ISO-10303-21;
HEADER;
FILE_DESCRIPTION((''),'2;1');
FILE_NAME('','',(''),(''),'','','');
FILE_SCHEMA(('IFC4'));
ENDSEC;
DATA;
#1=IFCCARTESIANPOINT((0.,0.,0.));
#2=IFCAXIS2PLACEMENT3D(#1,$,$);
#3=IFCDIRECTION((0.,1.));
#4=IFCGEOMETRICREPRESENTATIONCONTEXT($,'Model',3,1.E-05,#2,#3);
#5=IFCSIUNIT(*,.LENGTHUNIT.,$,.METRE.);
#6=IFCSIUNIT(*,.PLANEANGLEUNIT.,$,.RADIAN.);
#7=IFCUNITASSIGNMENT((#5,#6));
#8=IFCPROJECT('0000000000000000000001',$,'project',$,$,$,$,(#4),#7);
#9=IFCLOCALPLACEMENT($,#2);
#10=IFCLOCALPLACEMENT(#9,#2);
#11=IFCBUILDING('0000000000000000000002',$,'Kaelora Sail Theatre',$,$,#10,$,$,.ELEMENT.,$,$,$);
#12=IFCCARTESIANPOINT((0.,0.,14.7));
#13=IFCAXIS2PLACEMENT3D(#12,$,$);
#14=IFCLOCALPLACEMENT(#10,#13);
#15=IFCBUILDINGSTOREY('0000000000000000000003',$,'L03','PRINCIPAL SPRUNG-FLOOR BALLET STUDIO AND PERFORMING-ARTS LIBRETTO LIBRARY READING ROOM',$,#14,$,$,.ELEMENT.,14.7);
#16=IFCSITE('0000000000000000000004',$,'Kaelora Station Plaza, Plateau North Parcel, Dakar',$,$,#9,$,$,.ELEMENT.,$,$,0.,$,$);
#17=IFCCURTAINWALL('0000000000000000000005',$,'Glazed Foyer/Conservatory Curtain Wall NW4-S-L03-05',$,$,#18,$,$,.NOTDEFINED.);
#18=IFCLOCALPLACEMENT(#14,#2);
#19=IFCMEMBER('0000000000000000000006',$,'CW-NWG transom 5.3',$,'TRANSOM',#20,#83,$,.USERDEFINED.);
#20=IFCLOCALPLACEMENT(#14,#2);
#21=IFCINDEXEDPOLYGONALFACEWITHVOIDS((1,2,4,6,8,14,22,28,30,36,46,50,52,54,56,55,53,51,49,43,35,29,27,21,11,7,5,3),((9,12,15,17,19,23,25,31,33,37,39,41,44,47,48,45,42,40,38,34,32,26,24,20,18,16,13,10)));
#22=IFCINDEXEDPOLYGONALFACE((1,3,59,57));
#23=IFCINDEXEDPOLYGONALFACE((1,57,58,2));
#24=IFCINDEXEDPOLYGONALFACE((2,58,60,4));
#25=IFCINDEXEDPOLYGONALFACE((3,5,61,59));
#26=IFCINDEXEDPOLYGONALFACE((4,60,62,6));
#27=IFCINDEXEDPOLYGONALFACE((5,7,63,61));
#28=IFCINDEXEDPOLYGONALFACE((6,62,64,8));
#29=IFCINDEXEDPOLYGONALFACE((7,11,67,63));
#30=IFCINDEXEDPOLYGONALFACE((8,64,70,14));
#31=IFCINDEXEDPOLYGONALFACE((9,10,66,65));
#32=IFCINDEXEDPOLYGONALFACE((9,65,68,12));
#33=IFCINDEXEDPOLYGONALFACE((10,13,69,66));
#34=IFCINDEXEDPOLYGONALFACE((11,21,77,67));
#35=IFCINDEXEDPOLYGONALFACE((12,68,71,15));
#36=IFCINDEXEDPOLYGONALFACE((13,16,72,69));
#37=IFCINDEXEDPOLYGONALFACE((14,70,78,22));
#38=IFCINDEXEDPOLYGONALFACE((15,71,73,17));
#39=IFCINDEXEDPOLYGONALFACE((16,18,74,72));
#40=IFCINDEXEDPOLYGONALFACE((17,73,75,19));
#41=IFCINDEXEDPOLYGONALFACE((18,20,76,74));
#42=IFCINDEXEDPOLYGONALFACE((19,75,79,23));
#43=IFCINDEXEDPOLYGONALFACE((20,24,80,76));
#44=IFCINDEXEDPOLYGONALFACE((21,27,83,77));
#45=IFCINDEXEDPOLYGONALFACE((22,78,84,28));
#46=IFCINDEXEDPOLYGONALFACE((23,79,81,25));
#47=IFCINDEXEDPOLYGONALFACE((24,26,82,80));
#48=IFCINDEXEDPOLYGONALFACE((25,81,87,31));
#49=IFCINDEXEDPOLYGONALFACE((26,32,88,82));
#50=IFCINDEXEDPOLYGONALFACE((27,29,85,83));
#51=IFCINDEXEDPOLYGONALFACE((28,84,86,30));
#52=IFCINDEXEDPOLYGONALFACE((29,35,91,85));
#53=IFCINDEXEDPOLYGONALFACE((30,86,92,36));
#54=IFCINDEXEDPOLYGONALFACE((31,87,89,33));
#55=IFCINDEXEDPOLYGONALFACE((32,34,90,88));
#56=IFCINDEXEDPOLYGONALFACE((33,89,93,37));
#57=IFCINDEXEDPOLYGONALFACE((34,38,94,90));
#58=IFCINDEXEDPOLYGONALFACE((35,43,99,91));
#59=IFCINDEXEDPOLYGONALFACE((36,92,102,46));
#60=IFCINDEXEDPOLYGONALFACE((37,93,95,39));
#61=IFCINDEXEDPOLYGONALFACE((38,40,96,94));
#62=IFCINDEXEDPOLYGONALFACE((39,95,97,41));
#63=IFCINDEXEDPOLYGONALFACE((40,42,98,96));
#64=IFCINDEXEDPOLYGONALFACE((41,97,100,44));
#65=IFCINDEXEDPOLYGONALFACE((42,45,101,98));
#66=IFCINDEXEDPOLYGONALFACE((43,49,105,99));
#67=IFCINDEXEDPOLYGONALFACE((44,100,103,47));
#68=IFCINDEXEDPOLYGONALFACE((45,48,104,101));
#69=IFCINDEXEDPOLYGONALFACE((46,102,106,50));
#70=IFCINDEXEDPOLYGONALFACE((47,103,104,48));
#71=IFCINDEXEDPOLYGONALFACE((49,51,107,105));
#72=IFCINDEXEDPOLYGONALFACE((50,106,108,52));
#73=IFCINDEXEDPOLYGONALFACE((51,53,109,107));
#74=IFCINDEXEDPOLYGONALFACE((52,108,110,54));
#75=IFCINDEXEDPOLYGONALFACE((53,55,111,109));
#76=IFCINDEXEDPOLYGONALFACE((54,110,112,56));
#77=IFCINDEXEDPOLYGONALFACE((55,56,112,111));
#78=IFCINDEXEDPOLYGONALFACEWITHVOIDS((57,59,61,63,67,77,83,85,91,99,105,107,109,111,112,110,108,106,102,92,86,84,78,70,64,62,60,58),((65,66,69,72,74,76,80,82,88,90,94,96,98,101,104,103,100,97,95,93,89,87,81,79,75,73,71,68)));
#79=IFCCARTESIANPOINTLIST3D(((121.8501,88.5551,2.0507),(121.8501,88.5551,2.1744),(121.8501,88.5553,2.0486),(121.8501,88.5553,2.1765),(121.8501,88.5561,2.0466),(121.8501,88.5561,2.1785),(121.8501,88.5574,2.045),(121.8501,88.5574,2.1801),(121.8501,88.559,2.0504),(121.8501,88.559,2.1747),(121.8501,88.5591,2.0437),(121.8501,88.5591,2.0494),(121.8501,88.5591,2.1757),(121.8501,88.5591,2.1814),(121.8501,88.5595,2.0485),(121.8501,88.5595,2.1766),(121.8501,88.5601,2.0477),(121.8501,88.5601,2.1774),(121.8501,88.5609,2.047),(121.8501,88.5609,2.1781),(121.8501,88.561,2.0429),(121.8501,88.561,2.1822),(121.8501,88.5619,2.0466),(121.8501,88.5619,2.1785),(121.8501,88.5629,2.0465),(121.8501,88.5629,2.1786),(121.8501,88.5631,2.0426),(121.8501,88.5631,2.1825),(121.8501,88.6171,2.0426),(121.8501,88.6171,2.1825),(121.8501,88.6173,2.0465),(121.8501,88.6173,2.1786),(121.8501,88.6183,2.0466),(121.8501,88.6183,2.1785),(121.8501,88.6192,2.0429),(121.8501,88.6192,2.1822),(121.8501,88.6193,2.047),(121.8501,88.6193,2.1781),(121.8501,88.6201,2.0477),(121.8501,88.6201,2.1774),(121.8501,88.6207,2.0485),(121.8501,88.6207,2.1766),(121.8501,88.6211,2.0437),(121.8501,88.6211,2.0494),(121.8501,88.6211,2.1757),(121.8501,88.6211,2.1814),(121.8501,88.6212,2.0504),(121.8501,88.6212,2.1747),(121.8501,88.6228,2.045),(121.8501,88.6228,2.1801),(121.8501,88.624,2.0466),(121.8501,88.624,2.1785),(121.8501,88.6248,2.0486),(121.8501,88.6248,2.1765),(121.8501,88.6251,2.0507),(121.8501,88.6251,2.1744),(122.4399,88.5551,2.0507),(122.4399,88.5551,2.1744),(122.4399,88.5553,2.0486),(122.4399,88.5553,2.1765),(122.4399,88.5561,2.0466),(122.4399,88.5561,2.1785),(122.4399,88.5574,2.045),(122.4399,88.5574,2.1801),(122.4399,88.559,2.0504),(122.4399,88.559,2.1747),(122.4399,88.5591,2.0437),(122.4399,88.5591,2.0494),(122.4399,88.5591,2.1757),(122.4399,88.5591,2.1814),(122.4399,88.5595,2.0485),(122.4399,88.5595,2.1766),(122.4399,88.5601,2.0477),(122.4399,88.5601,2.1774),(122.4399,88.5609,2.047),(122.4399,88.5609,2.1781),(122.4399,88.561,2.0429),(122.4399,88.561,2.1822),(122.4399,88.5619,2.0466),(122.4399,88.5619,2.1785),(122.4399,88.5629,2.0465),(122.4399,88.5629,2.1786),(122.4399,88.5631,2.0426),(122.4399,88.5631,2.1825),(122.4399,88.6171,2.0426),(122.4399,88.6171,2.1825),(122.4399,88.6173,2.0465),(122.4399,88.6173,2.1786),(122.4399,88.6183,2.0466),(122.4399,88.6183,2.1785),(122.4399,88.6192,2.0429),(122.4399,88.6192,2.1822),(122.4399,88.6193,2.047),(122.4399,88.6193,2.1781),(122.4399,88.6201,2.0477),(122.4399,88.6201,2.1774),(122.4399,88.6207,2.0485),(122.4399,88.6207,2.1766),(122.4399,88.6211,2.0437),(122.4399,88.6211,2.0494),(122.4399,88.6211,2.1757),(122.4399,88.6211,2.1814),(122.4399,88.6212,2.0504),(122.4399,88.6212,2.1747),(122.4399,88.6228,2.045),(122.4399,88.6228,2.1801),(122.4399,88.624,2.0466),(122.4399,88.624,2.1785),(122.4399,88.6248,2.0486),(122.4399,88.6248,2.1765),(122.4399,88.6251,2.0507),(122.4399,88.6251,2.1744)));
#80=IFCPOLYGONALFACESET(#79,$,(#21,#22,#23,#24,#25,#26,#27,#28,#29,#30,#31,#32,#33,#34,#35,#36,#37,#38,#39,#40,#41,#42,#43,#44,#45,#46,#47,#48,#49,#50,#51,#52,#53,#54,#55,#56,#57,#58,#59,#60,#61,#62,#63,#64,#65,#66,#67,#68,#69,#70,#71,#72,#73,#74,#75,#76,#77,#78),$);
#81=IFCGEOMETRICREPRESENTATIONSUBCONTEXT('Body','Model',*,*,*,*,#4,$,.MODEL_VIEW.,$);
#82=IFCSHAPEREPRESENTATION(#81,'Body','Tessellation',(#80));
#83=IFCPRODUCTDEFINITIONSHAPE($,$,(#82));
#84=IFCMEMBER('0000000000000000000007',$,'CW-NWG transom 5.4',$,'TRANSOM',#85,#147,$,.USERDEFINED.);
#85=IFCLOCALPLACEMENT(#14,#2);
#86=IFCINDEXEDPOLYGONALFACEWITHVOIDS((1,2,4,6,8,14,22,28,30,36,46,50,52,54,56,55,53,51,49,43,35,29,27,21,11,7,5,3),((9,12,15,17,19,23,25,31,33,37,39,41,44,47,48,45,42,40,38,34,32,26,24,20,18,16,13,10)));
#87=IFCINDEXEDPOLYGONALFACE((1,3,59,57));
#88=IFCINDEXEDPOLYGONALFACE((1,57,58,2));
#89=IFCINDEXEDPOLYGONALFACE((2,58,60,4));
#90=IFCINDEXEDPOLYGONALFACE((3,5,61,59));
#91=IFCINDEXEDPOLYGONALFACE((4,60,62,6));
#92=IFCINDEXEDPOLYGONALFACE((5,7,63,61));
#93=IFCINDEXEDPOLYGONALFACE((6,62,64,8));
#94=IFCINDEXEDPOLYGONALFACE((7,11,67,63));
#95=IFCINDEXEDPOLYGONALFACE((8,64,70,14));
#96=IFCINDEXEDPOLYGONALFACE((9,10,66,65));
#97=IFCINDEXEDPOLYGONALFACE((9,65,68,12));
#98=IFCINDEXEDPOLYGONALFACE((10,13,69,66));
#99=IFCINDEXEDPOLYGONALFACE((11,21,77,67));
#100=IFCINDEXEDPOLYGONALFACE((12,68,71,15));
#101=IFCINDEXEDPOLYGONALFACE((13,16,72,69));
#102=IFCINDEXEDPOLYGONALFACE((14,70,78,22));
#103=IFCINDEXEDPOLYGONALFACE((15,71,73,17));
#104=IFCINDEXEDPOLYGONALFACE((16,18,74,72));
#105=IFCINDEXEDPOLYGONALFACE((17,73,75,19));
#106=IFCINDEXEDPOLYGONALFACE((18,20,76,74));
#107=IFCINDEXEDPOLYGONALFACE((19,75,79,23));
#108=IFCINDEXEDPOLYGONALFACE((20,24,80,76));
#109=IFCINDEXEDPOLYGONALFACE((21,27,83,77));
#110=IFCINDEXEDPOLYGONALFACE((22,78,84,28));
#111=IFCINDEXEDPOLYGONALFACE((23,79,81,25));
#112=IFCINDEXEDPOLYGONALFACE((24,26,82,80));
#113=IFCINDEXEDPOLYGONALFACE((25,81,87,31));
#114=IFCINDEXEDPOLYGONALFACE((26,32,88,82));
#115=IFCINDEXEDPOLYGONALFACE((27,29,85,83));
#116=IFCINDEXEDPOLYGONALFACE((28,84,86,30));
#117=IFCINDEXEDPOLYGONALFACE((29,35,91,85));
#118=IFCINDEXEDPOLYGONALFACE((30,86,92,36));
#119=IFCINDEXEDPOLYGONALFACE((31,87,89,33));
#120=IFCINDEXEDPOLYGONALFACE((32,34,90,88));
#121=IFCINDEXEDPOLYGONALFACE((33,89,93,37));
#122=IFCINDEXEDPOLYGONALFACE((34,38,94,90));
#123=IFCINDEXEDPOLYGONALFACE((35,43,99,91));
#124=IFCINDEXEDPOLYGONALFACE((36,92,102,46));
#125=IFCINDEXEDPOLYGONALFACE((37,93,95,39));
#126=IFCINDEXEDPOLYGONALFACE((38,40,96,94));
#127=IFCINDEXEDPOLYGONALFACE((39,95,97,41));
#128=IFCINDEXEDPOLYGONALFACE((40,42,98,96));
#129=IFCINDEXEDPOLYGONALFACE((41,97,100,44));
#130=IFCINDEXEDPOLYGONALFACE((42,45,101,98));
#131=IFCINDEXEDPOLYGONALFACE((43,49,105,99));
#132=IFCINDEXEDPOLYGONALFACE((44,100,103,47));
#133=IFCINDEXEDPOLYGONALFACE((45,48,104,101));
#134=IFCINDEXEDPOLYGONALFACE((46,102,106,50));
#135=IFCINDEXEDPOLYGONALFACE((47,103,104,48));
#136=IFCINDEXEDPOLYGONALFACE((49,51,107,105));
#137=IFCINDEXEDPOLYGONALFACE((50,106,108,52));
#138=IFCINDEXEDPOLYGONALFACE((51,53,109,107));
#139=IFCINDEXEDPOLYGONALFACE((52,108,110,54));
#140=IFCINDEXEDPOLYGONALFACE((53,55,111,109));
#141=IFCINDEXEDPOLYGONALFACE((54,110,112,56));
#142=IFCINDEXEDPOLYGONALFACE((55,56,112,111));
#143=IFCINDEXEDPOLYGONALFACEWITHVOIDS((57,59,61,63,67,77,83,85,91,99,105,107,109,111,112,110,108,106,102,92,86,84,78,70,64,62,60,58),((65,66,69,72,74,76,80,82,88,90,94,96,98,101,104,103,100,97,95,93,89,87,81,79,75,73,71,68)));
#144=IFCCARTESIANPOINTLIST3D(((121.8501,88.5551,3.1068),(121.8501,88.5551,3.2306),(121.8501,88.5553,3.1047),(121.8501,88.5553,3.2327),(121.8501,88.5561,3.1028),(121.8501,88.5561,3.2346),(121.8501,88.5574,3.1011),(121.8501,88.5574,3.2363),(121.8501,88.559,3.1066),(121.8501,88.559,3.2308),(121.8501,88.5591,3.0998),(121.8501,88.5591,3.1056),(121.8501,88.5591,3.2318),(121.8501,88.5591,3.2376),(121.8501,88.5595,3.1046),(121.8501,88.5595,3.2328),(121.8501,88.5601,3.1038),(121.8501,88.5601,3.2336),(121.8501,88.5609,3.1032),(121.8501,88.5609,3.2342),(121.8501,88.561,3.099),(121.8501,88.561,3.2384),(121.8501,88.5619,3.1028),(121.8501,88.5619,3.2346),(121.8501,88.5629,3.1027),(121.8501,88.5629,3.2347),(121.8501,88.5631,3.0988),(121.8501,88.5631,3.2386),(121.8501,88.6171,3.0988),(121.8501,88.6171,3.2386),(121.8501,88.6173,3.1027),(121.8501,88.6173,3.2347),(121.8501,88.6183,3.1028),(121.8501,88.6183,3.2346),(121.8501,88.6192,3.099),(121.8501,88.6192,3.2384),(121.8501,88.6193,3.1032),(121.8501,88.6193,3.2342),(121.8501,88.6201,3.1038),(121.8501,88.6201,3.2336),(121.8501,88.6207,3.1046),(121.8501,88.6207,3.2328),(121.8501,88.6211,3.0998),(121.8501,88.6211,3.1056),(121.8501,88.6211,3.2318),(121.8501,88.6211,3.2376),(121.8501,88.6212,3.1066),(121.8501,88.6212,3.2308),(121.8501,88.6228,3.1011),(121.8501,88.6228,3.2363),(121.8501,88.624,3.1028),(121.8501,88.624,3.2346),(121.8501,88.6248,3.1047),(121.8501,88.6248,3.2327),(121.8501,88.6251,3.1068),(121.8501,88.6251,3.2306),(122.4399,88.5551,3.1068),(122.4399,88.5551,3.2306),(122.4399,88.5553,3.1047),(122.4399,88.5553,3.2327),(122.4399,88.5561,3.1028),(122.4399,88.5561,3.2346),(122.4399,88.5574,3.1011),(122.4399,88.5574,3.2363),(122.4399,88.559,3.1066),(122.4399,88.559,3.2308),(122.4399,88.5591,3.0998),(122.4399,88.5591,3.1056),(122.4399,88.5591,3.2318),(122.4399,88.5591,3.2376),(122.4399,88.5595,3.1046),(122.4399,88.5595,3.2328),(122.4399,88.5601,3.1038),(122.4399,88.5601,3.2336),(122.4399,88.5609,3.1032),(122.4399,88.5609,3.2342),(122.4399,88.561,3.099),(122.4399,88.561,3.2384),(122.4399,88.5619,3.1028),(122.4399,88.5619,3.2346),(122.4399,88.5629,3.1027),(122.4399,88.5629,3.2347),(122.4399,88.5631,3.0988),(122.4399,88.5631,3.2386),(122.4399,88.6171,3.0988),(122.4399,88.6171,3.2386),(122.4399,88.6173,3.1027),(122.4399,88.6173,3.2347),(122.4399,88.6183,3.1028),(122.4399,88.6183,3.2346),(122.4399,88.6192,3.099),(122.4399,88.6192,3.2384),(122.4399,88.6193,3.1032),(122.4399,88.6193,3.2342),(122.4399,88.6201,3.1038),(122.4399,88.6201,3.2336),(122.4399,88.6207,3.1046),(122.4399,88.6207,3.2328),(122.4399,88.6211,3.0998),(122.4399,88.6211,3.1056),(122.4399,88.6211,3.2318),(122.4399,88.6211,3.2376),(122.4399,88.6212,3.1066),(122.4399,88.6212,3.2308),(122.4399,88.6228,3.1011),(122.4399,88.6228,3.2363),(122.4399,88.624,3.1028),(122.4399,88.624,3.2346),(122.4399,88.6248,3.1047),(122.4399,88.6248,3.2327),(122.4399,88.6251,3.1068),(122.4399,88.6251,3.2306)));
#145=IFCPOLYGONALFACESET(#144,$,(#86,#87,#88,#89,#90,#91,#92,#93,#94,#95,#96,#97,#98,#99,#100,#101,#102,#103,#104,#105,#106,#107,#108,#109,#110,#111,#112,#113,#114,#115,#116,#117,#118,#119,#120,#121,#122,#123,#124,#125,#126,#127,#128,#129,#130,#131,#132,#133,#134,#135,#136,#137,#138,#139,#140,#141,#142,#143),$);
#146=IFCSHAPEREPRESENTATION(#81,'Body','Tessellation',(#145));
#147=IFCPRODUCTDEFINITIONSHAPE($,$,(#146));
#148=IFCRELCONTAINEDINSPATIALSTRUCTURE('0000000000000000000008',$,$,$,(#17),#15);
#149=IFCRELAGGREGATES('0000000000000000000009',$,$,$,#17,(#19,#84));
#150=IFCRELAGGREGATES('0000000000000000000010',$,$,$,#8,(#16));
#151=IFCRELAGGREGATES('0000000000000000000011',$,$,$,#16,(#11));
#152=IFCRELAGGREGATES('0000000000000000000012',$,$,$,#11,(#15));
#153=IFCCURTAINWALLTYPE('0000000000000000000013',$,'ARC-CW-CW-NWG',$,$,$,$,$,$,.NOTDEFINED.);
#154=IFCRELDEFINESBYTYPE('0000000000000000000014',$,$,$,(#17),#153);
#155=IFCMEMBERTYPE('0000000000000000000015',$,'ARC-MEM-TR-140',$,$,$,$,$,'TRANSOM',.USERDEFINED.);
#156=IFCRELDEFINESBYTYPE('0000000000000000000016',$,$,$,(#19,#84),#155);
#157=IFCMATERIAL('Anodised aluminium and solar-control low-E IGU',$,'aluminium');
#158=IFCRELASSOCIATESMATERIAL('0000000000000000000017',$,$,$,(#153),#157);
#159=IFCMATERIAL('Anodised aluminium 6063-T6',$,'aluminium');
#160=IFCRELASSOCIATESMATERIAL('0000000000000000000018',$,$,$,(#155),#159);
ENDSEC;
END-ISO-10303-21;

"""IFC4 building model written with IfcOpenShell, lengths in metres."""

from ifc_helpers import new_model, si_unit, direction, frame, origin, origin_2d, place, context, subcontext, project, spatial, hollow_rectangle, extrude, material, material_profile, profile_set, type_object, element, aggregate, save


model = new_model("IFC4")

# Units and contexts
model_context = context("Model", 3, precision=1e-05, world=origin(), true_north=direction((0.0, 1.0)))
body_context = subcontext(model_context, "Body", "Model", "MODEL_VIEW")
ifc_project = project(units=[si_unit("LENGTHUNIT", "METRE"), si_unit("PLANEANGLEUNIT", "RADIAN")], contexts=[model_context])

# Site, building, storey
site_placement = place(None, origin())
site = spatial("IfcSite", under=ifc_project, at=site_placement, Name="Kaelora Station Plaza, Plateau North Parcel, Dakar", CompositionType="ELEMENT", RefElevation=0.0)
building_placement = place(site_placement, origin())
building = spatial("IfcBuilding", under=site, at=building_placement, Name="Kaelora Sail Theatre", CompositionType="ELEMENT")
storey_placement = place(building_placement, frame((0.0, 0.0, 14.7)))
storey = spatial("IfcBuildingStorey", under=building, at=storey_placement, Name="L03", Description="PRINCIPAL SPRUNG-FLOOR BALLET STUDIO AND PERFORMING-ARTS LIBRETTO LIBRARY READING ROOM", CompositionType="ELEMENT", Elevation=14.7)

# Curtain wall
ifc_material_1 = material(Name="Anodised aluminium and solar-control low-E IGU", Category="aluminium")
curtain_wall_type = type_object("IfcCurtainWallType", Name="ARC-CW-CW-NWG", PredefinedType="NOTDEFINED", material=ifc_material_1)
curtain_wall_1_placement = place(storey_placement, origin())
curtain_wall_1 = element("IfcCurtainWall", 1, at=curtain_wall_1_placement, inside=storey, type_object=curtain_wall_type, Name="Glazed Foyer/Conservatory Curtain Wall NW4-S-L03-05", PredefinedType="NOTDEFINED")

# Members
ifc_material_2 = material(Name="Anodised aluminium 6063-T6", Category="aluminium")
ifc_material_profile_1 = material_profile(ifc_material_2, hollow_rectangle(XDim=0.0701, YDim=0.1399, WallThickness=0.0039, InnerFilletRadius=0.0039, OuterFilletRadius=0.0081, at=origin_2d()), Name="ALU-TRAN 70x140x4")
ifc_profile_set_1 = profile_set([ifc_material_profile_1], Name="Anodised aluminium 6063-T6")
member_type_1 = type_object("IfcMemberType", Name="ARC-MEM-TR-140", ElementType="TRANSOM", PredefinedType="USERDEFINED", material=ifc_profile_set_1)
member_1_placement = place(storey_placement, frame((121.8501, 88.5901, 2.1125), z_axis=(1.0, 0.0, 0.0), x_axis=(0.0, 1.0, 0.0)))
member_1 = element("IfcMember", 2, at=member_1_placement, type_object=member_type_1, Name="CW-NWG transom 5.3", ObjectType="TRANSOM", PredefinedType="USERDEFINED", context=body_context, shape_type="SweptSolid", body=[
    extrude(hollow_rectangle(XDim=0.0701, YDim=0.1399, WallThickness=0.0039, InnerFilletRadius=0.0039, OuterFilletRadius=0.0081, at=origin_2d()), origin(), (0.0, 0.0, 1.0), 0.5898),
])
member_2_placement = place(storey_placement, frame((121.8501, 88.5901, 3.1687), z_axis=(1.0, 0.0, 0.0), x_axis=(0.0, 1.0, 0.0)))
member_2 = element("IfcMember", 3, at=member_2_placement, type_object=member_type_1, Name="CW-NWG transom 5.4", ObjectType="TRANSOM", PredefinedType="USERDEFINED", context=body_context, shape_type="SweptSolid", body=[
    extrude(hollow_rectangle(XDim=0.0701, YDim=0.1399, WallThickness=0.0039, InnerFilletRadius=0.0039, OuterFilletRadius=0.0081, at=origin_2d()), origin(), (0.0, 0.0, 1.0), 0.5898),
])

aggregate(curtain_wall_1, [member_1, member_2])

save(model, "model.ifc")
